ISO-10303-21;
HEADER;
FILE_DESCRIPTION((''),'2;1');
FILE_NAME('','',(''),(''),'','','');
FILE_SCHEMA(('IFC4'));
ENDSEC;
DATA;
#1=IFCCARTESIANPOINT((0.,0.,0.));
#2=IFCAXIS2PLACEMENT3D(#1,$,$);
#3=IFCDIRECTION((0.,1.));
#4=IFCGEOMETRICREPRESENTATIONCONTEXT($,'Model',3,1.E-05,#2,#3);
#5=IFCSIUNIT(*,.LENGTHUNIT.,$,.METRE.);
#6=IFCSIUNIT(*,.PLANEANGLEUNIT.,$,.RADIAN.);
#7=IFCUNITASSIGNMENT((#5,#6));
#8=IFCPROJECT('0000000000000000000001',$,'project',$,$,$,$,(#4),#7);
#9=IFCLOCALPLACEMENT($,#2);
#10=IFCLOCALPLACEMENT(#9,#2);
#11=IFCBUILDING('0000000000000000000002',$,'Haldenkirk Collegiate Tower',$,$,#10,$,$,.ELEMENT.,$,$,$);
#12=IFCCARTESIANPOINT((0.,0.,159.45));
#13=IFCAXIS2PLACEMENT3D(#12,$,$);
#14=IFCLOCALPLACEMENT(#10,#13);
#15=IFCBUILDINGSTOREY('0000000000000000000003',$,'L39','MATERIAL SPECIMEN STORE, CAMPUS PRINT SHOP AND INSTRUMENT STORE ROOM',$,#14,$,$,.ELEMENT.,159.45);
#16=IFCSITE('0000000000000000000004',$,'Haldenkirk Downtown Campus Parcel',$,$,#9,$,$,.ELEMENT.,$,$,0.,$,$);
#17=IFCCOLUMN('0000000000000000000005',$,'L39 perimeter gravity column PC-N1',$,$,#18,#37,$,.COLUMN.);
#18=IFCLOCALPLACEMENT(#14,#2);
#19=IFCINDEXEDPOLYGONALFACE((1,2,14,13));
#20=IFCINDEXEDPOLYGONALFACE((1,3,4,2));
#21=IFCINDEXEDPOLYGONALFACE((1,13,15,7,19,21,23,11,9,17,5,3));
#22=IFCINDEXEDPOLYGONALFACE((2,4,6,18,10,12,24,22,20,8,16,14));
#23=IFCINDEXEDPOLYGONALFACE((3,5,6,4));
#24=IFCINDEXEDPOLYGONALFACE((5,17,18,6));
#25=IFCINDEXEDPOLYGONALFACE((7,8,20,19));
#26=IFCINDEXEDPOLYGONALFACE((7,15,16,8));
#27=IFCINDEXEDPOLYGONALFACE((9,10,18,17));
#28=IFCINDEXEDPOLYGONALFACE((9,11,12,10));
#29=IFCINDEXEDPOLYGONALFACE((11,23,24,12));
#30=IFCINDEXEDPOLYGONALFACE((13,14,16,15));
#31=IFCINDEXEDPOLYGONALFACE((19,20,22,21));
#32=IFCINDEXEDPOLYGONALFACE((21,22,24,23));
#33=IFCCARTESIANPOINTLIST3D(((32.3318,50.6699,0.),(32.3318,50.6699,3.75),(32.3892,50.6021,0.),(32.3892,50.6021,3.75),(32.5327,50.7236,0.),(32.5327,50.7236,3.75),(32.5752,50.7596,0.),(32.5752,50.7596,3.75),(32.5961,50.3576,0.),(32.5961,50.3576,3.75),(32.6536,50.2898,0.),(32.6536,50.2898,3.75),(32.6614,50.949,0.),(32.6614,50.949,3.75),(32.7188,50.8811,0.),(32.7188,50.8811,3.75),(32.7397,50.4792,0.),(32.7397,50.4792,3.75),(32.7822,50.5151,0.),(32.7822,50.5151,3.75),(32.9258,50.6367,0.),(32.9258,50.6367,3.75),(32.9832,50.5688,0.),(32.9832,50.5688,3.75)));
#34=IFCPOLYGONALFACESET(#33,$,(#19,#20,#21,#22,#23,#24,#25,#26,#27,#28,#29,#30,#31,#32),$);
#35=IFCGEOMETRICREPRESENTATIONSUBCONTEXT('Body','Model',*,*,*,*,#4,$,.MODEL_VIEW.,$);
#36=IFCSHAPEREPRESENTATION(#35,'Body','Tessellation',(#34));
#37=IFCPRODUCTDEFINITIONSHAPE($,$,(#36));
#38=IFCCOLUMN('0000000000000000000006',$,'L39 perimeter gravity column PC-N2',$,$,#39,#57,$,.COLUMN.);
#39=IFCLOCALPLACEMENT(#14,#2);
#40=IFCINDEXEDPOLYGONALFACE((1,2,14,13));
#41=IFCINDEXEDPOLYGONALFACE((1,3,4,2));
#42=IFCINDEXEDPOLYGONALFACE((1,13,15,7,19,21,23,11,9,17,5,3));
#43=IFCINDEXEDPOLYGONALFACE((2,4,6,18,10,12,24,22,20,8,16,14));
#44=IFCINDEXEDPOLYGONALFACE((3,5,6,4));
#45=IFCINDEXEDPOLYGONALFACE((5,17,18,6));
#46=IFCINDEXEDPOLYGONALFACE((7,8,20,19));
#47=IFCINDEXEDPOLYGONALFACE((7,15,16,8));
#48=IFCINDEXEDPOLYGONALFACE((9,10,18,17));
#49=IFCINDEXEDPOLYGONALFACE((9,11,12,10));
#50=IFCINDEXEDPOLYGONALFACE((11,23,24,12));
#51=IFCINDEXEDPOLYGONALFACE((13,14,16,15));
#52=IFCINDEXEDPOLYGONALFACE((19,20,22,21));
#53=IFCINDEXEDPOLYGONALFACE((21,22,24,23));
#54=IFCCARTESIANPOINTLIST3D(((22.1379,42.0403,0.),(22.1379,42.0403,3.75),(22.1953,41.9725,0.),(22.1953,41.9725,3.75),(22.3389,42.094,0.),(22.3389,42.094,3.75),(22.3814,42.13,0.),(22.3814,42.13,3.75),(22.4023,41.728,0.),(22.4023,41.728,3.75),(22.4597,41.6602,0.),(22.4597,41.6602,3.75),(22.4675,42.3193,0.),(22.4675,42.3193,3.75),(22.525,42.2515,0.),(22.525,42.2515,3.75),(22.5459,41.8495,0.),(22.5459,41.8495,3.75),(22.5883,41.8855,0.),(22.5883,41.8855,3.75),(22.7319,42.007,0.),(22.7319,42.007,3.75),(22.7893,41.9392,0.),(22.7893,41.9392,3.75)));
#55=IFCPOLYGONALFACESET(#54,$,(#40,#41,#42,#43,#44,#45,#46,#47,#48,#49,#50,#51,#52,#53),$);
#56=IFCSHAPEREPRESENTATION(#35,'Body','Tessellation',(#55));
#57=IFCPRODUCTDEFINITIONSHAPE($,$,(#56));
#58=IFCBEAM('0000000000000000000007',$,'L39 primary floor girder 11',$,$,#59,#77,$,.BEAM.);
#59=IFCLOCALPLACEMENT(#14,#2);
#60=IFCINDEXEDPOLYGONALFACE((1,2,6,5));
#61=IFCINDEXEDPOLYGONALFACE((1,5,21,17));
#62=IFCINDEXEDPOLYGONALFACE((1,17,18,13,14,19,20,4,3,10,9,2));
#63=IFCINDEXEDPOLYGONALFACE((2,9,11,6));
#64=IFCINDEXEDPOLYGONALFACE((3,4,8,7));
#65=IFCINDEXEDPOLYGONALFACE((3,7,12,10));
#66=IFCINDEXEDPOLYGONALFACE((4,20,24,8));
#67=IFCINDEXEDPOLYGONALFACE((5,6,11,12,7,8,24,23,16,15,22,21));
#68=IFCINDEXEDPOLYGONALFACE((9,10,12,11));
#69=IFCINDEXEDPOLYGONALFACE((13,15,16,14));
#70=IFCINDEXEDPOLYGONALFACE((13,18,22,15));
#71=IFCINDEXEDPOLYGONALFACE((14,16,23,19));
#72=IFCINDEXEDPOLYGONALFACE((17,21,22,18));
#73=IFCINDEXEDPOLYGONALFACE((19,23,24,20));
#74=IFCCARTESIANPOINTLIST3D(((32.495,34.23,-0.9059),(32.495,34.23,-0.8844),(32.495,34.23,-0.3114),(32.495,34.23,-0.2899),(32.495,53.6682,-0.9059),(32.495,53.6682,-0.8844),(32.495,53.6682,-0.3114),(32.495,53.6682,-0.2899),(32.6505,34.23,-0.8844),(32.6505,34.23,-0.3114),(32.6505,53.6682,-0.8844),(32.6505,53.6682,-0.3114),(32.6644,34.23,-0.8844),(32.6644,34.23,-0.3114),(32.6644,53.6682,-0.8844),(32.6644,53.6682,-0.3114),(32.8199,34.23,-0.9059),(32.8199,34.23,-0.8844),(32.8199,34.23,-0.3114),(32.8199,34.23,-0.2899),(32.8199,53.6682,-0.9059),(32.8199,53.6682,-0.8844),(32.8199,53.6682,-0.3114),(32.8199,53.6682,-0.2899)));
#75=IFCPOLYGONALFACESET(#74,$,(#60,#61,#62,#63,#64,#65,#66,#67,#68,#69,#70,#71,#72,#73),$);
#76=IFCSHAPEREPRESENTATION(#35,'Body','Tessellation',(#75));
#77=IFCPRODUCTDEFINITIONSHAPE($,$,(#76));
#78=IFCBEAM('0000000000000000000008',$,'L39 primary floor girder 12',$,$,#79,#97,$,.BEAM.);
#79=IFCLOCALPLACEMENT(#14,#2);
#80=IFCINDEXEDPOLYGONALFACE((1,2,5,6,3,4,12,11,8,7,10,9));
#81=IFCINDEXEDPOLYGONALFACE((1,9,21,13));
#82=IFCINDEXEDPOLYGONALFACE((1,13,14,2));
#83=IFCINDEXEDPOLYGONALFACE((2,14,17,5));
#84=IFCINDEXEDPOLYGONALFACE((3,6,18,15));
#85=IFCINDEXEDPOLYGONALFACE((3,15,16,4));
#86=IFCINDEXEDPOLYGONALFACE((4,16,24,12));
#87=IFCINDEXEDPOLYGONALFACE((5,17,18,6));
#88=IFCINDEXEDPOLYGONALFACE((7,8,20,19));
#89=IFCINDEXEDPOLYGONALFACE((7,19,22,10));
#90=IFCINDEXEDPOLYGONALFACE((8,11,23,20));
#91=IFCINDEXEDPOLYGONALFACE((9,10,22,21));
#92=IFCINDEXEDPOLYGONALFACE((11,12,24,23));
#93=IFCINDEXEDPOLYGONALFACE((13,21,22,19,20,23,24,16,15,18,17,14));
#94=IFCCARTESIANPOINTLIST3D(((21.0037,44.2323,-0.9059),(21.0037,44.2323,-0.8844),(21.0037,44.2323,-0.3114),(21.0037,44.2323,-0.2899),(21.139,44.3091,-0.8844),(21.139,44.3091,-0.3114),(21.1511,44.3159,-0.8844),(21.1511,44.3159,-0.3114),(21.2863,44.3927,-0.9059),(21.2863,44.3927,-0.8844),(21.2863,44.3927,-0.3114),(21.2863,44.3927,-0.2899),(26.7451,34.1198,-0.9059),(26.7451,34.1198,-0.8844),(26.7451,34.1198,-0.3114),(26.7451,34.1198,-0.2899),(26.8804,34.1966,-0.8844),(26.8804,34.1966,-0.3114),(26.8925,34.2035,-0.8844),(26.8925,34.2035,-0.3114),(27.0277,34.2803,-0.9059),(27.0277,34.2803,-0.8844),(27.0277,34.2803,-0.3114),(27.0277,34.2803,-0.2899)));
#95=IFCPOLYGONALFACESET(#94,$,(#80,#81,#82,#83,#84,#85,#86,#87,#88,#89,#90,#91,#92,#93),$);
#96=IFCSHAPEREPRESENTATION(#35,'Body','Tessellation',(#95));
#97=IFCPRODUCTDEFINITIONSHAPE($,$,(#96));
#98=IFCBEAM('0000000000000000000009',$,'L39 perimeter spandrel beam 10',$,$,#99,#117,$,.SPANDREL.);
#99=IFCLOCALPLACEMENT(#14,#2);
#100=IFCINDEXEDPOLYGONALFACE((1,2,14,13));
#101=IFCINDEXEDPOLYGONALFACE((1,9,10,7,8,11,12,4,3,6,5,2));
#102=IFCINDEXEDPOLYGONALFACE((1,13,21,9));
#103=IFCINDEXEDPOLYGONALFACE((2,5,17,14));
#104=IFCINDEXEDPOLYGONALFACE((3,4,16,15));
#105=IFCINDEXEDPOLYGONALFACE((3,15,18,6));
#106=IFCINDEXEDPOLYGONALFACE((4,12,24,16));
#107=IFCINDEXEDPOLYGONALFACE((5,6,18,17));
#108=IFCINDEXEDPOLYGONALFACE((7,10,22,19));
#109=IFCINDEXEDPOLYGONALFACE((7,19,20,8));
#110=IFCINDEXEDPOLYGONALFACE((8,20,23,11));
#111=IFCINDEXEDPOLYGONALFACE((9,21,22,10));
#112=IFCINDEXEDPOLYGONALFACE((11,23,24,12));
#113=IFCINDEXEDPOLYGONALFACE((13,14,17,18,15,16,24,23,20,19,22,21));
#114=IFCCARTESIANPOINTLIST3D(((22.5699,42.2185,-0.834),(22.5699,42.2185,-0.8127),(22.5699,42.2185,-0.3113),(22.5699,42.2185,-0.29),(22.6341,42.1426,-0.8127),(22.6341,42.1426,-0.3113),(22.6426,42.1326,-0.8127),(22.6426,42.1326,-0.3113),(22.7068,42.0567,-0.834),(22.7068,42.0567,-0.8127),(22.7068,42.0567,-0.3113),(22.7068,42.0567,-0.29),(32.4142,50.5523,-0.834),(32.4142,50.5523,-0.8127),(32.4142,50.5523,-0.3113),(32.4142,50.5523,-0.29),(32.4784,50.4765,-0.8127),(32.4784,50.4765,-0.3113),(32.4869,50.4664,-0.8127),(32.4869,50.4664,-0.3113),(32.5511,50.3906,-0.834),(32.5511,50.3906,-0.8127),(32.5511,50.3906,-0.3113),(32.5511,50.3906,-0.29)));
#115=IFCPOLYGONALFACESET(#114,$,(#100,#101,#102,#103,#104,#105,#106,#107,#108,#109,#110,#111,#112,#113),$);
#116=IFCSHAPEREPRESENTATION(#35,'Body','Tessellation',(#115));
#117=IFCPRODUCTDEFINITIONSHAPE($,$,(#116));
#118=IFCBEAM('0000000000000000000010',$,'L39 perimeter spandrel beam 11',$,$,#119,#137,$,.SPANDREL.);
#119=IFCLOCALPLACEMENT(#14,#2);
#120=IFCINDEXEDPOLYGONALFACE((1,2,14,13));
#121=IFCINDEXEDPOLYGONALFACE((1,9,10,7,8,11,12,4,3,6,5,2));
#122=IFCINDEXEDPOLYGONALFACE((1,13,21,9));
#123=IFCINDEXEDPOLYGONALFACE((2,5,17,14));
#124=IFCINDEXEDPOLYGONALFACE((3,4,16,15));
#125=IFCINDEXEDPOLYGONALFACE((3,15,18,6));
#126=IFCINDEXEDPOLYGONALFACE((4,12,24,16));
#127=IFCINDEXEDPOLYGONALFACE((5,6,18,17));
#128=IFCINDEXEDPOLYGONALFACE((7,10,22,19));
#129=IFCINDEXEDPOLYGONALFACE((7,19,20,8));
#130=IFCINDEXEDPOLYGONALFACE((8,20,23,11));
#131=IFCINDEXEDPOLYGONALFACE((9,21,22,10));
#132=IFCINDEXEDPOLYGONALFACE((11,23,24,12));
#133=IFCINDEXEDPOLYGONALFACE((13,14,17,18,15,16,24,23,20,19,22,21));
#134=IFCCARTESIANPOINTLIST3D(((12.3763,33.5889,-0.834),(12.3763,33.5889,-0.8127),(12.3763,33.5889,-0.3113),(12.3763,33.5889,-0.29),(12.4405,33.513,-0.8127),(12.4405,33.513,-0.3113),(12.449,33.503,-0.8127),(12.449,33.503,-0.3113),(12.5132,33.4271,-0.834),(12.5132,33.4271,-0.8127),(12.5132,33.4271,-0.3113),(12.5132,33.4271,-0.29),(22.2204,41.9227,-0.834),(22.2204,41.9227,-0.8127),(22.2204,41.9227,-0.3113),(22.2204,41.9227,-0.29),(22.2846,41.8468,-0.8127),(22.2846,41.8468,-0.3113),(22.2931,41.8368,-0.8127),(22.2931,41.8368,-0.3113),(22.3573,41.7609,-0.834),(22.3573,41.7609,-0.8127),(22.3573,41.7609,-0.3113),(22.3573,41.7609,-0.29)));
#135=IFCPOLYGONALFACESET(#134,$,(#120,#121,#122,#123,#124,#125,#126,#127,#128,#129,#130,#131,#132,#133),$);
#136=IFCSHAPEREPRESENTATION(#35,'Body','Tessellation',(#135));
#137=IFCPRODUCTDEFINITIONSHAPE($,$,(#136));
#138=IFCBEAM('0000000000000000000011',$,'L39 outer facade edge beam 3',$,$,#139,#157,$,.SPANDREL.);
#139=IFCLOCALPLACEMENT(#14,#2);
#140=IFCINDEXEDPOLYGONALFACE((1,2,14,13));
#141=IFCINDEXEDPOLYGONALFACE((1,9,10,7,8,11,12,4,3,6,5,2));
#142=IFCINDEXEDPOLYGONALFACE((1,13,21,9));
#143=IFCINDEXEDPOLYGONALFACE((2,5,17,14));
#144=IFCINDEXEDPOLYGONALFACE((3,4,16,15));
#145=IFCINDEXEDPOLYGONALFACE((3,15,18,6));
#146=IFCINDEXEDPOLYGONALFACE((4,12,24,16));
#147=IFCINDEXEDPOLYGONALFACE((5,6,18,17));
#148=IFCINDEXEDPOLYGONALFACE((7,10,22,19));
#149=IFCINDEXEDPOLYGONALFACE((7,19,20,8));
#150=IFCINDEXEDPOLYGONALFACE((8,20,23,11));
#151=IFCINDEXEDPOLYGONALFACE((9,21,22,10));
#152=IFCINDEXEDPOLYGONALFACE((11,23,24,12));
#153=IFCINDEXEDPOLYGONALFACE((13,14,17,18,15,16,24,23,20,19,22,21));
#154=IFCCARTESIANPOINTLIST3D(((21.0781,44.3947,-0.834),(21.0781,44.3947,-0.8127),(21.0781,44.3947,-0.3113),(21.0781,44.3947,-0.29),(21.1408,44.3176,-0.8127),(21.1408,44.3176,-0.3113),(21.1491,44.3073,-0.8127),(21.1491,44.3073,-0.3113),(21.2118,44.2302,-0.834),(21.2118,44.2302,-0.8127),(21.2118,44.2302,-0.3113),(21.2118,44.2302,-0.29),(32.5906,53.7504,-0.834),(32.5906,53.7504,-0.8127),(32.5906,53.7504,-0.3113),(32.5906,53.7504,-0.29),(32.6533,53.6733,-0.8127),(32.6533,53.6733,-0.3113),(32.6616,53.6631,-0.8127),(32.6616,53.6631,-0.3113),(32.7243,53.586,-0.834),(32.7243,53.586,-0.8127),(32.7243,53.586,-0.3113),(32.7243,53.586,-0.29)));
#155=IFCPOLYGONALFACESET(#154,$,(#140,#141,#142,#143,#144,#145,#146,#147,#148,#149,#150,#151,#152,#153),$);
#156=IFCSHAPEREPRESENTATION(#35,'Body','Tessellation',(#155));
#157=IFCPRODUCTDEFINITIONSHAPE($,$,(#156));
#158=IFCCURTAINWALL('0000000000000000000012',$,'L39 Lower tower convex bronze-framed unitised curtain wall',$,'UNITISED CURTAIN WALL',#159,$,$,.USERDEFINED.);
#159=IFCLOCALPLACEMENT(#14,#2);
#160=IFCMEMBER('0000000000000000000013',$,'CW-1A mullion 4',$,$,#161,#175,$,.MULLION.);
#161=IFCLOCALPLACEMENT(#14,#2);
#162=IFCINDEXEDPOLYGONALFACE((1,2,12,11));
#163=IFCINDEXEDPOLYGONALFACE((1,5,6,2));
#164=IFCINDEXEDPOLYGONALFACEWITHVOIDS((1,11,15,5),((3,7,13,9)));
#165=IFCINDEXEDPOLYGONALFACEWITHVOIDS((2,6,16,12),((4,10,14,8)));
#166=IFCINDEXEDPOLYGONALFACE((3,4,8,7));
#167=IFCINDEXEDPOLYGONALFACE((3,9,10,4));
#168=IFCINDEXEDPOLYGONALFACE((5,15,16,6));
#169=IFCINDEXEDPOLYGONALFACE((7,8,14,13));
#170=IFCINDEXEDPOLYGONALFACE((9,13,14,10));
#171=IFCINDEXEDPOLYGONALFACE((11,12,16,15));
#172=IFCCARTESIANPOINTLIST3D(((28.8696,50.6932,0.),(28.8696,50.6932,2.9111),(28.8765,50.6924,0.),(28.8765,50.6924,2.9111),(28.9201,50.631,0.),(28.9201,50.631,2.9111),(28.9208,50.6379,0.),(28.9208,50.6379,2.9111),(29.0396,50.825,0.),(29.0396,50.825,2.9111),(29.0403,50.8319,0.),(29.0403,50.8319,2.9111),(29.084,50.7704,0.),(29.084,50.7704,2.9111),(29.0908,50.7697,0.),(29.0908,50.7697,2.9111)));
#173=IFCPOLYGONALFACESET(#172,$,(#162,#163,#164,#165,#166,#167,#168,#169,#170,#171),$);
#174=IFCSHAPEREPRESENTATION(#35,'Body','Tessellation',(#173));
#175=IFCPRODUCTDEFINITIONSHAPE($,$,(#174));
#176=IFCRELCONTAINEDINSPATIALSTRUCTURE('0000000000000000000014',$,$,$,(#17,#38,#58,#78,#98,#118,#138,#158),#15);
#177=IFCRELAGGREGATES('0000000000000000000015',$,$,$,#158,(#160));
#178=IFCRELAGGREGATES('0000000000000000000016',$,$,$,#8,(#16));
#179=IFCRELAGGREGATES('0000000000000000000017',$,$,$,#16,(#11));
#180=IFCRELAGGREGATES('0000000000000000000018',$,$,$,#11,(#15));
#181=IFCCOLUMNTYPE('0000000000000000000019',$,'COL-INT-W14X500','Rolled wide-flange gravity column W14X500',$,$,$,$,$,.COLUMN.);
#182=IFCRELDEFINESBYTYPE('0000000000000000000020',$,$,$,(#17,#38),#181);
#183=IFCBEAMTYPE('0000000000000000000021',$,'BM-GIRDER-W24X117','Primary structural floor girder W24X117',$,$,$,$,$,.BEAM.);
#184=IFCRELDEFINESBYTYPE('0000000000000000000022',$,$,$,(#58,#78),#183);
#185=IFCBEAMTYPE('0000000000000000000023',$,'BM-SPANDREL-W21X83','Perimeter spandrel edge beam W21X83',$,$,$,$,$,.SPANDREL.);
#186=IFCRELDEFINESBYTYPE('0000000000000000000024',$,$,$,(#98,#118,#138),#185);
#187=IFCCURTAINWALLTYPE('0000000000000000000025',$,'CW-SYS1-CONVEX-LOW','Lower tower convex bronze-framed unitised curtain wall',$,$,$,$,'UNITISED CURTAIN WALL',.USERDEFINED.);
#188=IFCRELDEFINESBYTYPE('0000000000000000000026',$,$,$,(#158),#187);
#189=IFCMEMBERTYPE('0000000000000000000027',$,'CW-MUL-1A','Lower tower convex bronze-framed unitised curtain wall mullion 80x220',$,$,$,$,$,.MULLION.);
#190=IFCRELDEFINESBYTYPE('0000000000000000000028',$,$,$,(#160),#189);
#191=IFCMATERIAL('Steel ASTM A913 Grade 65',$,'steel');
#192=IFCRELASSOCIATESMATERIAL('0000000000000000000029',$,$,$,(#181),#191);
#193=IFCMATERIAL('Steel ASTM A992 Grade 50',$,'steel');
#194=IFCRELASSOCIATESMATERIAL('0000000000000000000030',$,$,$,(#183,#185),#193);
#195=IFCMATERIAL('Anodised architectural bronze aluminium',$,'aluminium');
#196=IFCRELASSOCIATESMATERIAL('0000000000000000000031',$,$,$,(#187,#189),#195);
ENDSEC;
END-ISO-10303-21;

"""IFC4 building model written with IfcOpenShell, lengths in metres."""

from ifc_helpers import new_model, si_unit, direction, frame, origin, origin_2d, place, context, subcontext, project, spatial, hollow_rectangle, i_section, extrude, material, material_profile, profile_set, type_object, element, aggregate, save


model = new_model("IFC4")

# Units and contexts
model_context = context("Model", 3, precision=1e-05, world=origin(), true_north=direction((0.0, 1.0)))
body_context = subcontext(model_context, "Body", "Model", "MODEL_VIEW")
ifc_project = project(units=[si_unit("LENGTHUNIT", "METRE"), si_unit("PLANEANGLEUNIT", "RADIAN")], contexts=[model_context])

# Site, building, storey
site_placement = place(None, origin())
site = spatial("IfcSite", under=ifc_project, at=site_placement, Name="Haldenkirk Downtown Campus Parcel", CompositionType="ELEMENT", RefElevation=0.0)
building_placement = place(site_placement, origin())
building = spatial("IfcBuilding", under=site, at=building_placement, Name="Haldenkirk Collegiate Tower", CompositionType="ELEMENT")
storey_placement = place(building_placement, frame((0.0, 0.0, 159.45)))
storey = spatial("IfcBuildingStorey", under=building, at=storey_placement, Name="L39", Description="MATERIAL SPECIMEN STORE, CAMPUS PRINT SHOP AND INSTRUMENT STORE ROOM", CompositionType="ELEMENT", Elevation=159.45)

# Columns
ifc_material_1 = material(Name="Steel ASTM A913 Grade 65", Category="steel")
ifc_material_profile_1 = material_profile(ifc_material_1, i_section(OverallWidth=0.4319, OverallDepth=0.498, WebThickness=0.0557, FlangeThickness=0.0889, at=origin_2d()), Name="W14X500")
ifc_profile_set_1 = profile_set([ifc_material_profile_1], Name="Steel ASTM A913 Grade 65")
column_type = type_object("IfcColumnType", Name="COL-INT-W14X500", Description="Rolled wide-flange gravity column W14X500", PredefinedType="COLUMN", material=ifc_profile_set_1)
for number, where, z_axis, x_axis, name in (
    (1, (32.6575, 50.6194, 0.0), (0.0, 0.0, 1.0), (0.763232, 0.646124, 0.0), "L39 perimeter gravity column PC-N1"),
    (2, (22.4636, 41.9897, 0.0), (0.0, 0.0, 1.0), (0.763232, 0.646124, 0.0), "L39 perimeter gravity column PC-N2"),
):
    element("IfcColumn", number, at=place(storey_placement, frame(where, z_axis=z_axis, x_axis=x_axis)), inside=storey, type_object=column_type, Name=name, PredefinedType="COLUMN", context=body_context, shape_type="SweptSolid", body=[
        extrude(i_section(OverallWidth=0.4319, OverallDepth=0.498, WebThickness=0.0557, FlangeThickness=0.0889, at=origin_2d()), origin(), (0.0, 0.0, 1.0), 3.75),
    ])

# Beams
ifc_material_2 = material(Name="Steel ASTM A992 Grade 50", Category="steel")
ifc_material_profile_2 = material_profile(ifc_material_2, i_section(OverallWidth=0.325, OverallDepth=0.616, WebThickness=0.0139, FlangeThickness=0.0215, at=origin_2d()), Name="W24X117")
ifc_profile_set_2 = profile_set([ifc_material_profile_2], Name="Steel ASTM A992 Grade 50")
beam_type_1 = type_object("IfcBeamType", Name="BM-GIRDER-W24X117", Description="Primary structural floor girder W24X117", PredefinedType="BEAM", material=ifc_profile_set_2)
beam_1_placement = place(storey_placement, frame((32.6575, 53.6682, -0.5979), z_axis=(0.0, -1.0, 0.0), x_axis=(1.0, 0.0, 0.0)))
element("IfcBeam", 3, at=beam_1_placement, inside=storey, type_object=beam_type_1, Name="L39 primary floor girder 11", PredefinedType="BEAM", context=body_context, shape_type="SweptSolid", body=[
    extrude(i_section(OverallWidth=0.325, OverallDepth=0.616, WebThickness=0.0139, FlangeThickness=0.0215, at=origin_2d()), origin(), (0.0, 0.0, 1.0), 19.4382),
])
beam_2_placement = place(storey_placement, frame((21.145, 44.3125, -0.5979), z_axis=(0.493729, -0.869616, 0.0), x_axis=(0.869616, 0.493729, 0.0)))
element("IfcBeam", 4, at=beam_2_placement, inside=storey, type_object=beam_type_1, Name="L39 primary floor girder 12", PredefinedType="BEAM", context=body_context, shape_type="SweptSolid", body=[
    extrude(i_section(OverallWidth=0.325, OverallDepth=0.616, WebThickness=0.0139, FlangeThickness=0.0215, at=origin_2d()), origin(), (0.0, 0.0, 1.0), 11.6287),
])
ifc_material_profile_3 = material_profile(ifc_material_2, i_section(OverallWidth=0.2119, OverallDepth=0.5439, WebThickness=0.0132, FlangeThickness=0.0212, at=origin_2d()), Name="W21X83")
ifc_profile_set_3 = profile_set([ifc_material_profile_3], Name="Steel ASTM A992 Grade 50")
beam_type_2 = type_object("IfcBeamType", Name="BM-SPANDREL-W21X83", Description="Perimeter spandrel edge beam W21X83", PredefinedType="SPANDREL", material=ifc_profile_set_3)
beam_3_placement = place(storey_placement, frame((32.4827, 50.4714, -0.562), z_axis=(-0.763233, -0.646123, 0.0), x_axis=(0.646123, -0.763233, 0.0)))
element("IfcBeam", 5, at=beam_3_placement, inside=storey, type_object=beam_type_2, Name="L39 perimeter spandrel beam 10", PredefinedType="SPANDREL", context=body_context, shape_type="SweptSolid", body=[
    extrude(i_section(OverallWidth=0.2119, OverallDepth=0.5439, WebThickness=0.0132, FlangeThickness=0.0212, at=origin_2d()), origin(), (0.0, 0.0, 1.0), 12.8982),
])
beam_4_placement = place(storey_placement, frame((22.2888, 41.8418, -0.562), z_axis=(-0.763225, -0.646132, 0.0), x_axis=(0.646132, -0.763225, 0.0)))
element("IfcBeam", 6, at=beam_4_placement, inside=storey, type_object=beam_type_2, Name="L39 perimeter spandrel beam 11", PredefinedType="SPANDREL", context=body_context, shape_type="SweptSolid", body=[
    extrude(i_section(OverallWidth=0.2119, OverallDepth=0.5439, WebThickness=0.0132, FlangeThickness=0.0212, at=origin_2d()), origin(), (0.0, 0.0, 1.0), 12.8979),
])
beam_5_placement = place(storey_placement, frame((32.6575, 53.6682, -0.562), z_axis=(-0.776053, -0.630668, 0.0), x_axis=(0.630668, -0.776053, 0.0)))
element("IfcBeam", 7, at=beam_5_placement, inside=storey, type_object=beam_type_2, Name="L39 outer facade edge beam 3", PredefinedType="SPANDREL", context=body_context, shape_type="SweptSolid", body=[
    extrude(i_section(OverallWidth=0.2119, OverallDepth=0.5439, WebThickness=0.0132, FlangeThickness=0.0212, at=origin_2d()), origin(), (0.0, 0.0, 1.0), 14.8347),
])

# Curtain wall, member
ifc_material_3 = material(Name="Anodised architectural bronze aluminium", Category="aluminium")
curtain_wall_type = type_object("IfcCurtainWallType", Name="CW-SYS1-CONVEX-LOW", Description="Lower tower convex bronze-framed unitised curtain wall", ElementType="UNITISED CURTAIN WALL", PredefinedType="USERDEFINED", material=ifc_material_3)
curtain_wall_placement = place(storey_placement, origin())
curtain_wall = element("IfcCurtainWall", 8, at=curtain_wall_placement, inside=storey, type_object=curtain_wall_type, Name="L39 Lower tower convex bronze-framed unitised curtain wall", ObjectType="UNITISED CURTAIN WALL", PredefinedType="USERDEFINED")
ifc_material_profile_4 = material_profile(ifc_material_3, hollow_rectangle(XDim=0.0801, YDim=0.22, WallThickness=0.0049, at=origin_2d()), Name="CW-MUL-1A")
ifc_profile_set_4 = profile_set([ifc_material_profile_4], Name="Anodised architectural bronze aluminium")
member_type_1 = type_object("IfcMemberType", Name="CW-MUL-1A", Description="Lower tower convex bronze-framed unitised curtain wall mullion 80x220", PredefinedType="MULLION", material=ifc_profile_set_4)
member_1_placement = place(storey_placement, frame((28.9802, 50.7314, 0.0), z_axis=(0.0, 0.0, 1.0), x_axis=(-0.630674, 0.776048, 0.0)))
member_1 = element("IfcMember", 9, at=member_1_placement, type_object=member_type_1, Name="CW-1A mullion 4", PredefinedType="MULLION", context=body_context, shape_type="SweptSolid", body=[
    extrude(hollow_rectangle(XDim=0.0801, YDim=0.22, WallThickness=0.0049, at=origin_2d()), origin(), (0.0, 0.0, 1.0), 2.9111),
])

aggregate(curtain_wall, [member_1])

save(model, "model.ifc")
